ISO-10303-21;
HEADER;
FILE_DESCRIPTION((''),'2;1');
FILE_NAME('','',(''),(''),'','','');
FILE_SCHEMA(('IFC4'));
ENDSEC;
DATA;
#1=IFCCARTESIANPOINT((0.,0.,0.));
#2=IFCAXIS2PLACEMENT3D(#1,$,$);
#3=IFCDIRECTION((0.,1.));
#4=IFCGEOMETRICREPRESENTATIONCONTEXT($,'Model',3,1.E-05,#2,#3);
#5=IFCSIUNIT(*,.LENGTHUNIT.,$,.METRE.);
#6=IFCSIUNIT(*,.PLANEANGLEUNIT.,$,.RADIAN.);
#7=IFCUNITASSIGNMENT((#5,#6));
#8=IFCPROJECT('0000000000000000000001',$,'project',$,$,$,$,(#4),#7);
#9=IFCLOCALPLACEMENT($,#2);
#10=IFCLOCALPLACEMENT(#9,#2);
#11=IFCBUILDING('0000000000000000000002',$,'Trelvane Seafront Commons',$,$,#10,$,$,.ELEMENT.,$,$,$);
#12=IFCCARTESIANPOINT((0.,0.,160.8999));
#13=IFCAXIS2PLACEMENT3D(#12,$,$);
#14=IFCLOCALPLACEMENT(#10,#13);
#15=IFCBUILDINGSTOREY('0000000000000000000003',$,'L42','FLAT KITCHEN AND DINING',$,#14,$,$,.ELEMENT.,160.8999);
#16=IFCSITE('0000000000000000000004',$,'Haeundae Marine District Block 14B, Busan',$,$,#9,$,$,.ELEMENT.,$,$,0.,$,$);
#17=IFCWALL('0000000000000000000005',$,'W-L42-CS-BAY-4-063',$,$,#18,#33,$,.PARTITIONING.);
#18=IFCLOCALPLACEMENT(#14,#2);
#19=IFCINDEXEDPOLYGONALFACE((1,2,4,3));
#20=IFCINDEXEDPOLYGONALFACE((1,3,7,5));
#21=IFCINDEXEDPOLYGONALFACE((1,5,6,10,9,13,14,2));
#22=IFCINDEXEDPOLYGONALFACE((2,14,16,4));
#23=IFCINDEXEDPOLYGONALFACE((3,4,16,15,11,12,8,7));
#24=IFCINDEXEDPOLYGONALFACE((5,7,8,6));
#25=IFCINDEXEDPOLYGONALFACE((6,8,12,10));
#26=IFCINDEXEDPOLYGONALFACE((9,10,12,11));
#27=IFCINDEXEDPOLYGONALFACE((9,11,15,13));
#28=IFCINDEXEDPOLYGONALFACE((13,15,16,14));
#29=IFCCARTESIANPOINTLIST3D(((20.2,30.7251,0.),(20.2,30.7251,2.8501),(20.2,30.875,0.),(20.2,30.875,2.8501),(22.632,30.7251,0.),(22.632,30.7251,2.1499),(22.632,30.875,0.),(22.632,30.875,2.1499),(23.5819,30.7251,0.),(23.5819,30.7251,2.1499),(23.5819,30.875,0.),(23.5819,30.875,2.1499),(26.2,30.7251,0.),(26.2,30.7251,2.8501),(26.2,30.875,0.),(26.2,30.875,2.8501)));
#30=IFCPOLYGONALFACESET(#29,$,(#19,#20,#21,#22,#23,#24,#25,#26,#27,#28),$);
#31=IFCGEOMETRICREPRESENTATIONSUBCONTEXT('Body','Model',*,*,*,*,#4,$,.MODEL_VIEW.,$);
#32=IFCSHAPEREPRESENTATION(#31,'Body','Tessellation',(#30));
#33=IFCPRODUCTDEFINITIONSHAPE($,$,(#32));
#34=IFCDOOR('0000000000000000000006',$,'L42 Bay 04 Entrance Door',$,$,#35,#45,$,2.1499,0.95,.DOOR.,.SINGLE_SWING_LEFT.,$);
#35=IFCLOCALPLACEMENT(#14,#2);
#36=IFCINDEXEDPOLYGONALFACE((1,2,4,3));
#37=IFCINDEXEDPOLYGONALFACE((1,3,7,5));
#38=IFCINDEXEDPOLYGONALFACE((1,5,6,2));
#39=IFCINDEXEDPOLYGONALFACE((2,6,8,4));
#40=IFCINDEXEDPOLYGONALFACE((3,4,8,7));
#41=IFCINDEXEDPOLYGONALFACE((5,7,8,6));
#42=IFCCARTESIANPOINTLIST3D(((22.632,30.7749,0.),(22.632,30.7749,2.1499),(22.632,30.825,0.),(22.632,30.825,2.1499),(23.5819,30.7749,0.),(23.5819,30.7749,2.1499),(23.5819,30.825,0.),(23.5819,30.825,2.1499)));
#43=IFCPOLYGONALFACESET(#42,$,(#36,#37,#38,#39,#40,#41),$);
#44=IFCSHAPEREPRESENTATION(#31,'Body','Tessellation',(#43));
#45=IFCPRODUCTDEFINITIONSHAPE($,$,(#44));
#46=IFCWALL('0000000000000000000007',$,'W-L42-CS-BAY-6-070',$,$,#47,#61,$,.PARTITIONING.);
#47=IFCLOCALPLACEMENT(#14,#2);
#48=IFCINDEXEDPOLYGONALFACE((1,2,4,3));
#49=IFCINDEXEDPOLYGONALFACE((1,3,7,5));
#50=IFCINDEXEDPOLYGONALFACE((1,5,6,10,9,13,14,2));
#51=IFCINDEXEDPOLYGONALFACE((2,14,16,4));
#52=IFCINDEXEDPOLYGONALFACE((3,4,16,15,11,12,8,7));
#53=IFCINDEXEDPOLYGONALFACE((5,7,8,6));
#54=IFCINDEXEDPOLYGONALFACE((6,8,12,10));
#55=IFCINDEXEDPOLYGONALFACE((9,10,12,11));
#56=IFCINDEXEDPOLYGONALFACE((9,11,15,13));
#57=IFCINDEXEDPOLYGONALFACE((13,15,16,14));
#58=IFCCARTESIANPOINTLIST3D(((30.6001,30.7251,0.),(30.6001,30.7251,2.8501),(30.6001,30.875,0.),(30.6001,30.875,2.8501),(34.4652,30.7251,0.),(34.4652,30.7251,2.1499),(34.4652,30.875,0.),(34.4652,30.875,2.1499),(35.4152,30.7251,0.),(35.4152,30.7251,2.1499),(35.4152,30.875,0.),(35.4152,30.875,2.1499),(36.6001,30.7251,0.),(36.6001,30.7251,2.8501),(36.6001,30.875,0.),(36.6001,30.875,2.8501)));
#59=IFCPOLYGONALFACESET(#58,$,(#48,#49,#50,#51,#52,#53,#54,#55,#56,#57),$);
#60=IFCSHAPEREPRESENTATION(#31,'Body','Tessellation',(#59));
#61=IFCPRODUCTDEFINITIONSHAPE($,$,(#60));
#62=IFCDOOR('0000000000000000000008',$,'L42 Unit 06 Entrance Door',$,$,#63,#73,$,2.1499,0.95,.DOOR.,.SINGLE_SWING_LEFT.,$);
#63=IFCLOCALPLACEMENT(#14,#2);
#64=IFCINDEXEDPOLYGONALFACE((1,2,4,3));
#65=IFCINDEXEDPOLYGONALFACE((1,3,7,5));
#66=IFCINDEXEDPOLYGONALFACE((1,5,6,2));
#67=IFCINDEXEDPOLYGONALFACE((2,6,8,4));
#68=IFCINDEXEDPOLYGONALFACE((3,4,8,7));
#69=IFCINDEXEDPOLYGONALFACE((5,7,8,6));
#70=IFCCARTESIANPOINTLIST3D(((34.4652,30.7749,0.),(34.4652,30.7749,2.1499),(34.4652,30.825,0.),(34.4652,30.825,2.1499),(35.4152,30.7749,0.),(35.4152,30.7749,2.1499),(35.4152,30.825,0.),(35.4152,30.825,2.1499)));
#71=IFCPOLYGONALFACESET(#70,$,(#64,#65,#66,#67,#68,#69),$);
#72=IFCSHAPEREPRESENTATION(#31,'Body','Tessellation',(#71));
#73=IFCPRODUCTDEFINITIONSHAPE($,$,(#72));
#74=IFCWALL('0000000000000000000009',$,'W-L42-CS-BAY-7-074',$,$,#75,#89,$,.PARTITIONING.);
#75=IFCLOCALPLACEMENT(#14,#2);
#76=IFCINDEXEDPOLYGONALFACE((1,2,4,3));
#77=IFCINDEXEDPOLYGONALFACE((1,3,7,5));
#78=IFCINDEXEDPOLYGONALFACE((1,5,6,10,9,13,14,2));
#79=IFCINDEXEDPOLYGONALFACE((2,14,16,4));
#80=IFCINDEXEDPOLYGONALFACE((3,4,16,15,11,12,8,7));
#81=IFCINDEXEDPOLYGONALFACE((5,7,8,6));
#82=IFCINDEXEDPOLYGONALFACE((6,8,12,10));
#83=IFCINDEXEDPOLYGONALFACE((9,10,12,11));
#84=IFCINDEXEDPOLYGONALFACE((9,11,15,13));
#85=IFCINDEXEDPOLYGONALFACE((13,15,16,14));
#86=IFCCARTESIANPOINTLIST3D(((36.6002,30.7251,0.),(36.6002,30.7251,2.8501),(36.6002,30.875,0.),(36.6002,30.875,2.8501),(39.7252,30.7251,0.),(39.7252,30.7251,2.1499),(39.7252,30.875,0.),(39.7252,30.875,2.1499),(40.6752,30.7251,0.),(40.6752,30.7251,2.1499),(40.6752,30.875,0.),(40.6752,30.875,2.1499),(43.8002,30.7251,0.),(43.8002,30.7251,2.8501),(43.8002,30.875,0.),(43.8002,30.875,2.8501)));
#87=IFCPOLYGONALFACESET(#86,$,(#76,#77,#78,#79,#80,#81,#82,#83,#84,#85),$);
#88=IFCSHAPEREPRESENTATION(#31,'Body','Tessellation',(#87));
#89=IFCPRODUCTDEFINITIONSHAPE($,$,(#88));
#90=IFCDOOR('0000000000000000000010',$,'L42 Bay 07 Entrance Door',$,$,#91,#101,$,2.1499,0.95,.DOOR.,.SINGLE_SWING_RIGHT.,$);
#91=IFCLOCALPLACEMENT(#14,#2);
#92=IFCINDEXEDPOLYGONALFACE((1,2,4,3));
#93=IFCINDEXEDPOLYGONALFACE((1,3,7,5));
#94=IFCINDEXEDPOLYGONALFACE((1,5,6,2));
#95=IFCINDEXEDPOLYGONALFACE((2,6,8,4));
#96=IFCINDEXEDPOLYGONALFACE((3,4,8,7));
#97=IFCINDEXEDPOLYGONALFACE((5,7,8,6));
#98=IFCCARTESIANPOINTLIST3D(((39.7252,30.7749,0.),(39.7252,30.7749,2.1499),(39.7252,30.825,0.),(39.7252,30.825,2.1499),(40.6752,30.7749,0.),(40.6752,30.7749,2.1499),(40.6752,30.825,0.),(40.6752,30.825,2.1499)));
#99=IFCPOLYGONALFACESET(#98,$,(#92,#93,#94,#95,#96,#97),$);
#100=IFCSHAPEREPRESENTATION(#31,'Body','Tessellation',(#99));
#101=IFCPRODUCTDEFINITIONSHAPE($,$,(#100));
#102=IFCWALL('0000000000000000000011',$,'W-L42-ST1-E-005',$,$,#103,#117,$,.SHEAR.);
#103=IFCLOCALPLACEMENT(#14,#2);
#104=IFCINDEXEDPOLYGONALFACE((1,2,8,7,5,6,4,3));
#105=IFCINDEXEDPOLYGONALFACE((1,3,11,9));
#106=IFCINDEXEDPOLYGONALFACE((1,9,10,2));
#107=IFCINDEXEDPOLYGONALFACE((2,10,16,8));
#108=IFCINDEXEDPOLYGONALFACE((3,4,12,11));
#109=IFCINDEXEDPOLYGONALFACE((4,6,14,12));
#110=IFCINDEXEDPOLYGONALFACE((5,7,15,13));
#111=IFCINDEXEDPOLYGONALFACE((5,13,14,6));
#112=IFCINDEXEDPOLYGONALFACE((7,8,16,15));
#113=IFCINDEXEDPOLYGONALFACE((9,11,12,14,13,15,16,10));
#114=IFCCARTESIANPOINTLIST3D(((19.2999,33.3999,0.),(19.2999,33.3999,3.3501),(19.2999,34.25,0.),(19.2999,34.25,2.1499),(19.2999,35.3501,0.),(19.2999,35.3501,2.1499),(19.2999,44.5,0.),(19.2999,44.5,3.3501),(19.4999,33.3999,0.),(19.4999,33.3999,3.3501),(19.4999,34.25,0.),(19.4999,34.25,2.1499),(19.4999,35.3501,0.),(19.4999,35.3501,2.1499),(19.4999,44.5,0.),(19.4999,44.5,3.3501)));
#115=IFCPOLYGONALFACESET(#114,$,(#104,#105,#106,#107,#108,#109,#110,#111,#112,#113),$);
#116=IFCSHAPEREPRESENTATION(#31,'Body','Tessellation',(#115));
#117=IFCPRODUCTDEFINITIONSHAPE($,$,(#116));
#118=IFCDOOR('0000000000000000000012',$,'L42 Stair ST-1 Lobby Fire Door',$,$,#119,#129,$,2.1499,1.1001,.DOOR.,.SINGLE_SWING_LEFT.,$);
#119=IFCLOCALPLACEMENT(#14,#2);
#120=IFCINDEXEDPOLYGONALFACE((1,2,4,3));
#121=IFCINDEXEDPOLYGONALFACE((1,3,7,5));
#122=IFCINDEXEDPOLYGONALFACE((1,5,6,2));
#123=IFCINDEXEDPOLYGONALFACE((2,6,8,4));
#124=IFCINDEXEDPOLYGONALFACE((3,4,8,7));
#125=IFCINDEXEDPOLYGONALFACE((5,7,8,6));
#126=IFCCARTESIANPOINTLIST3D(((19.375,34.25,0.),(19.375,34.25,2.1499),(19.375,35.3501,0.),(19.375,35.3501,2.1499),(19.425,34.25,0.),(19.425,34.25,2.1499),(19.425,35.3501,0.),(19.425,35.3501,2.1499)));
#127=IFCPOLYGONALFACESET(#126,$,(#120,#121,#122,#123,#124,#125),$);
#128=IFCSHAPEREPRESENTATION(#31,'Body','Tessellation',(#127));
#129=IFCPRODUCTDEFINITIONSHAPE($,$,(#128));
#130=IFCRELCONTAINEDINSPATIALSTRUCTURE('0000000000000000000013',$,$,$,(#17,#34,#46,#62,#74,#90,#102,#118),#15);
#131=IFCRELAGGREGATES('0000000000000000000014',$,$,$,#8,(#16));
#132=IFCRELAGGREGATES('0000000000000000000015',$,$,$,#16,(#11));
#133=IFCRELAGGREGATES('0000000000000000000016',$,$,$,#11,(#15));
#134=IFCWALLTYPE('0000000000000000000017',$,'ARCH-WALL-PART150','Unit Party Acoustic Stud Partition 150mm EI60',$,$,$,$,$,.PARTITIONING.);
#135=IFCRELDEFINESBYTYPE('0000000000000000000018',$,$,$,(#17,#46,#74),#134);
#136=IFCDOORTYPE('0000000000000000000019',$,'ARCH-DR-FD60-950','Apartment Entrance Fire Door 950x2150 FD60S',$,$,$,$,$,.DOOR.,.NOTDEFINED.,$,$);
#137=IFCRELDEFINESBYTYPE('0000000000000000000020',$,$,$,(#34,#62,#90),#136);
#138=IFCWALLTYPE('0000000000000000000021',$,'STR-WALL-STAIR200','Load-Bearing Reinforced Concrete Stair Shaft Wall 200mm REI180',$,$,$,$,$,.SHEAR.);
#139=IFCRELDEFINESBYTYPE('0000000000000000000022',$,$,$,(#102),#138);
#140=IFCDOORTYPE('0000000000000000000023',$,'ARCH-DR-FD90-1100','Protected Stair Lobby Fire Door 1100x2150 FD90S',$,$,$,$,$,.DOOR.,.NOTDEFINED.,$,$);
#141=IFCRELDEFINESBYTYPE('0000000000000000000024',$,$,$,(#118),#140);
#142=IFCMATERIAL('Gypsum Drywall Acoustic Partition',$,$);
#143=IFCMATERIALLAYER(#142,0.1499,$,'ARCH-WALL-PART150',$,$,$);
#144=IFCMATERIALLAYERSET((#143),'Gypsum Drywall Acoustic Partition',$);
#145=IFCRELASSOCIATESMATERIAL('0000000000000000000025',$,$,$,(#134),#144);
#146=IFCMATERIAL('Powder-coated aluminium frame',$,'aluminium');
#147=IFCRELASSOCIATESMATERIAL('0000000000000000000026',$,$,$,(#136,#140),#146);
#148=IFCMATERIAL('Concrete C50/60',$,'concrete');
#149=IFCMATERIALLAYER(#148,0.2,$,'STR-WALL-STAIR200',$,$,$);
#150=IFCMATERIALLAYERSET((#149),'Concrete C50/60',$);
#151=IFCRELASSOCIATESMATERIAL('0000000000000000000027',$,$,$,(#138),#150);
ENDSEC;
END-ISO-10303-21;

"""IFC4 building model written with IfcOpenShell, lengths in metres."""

from ifc_helpers import new_model, si_unit, direction, frame, frame_2d, origin, place, context, subcontext, project, spatial, rectangle, extrude, source, transform, mapped, material, layer, layer_set, type_object, element, fill, save


model = new_model("IFC4")

# Units and contexts
model_context = context("Model", 3, precision=1e-05, world=origin(), true_north=direction((0.0, 1.0)))
body_context = subcontext(model_context, "Body", "Model", "MODEL_VIEW")
ifc_project = project(units=[si_unit("LENGTHUNIT", "METRE"), si_unit("PLANEANGLEUNIT", "RADIAN")], contexts=[model_context])

# Site, building, storey
site_placement = place(None, origin())
site = spatial("IfcSite", under=ifc_project, at=site_placement, Name="Haeundae Marine District Block 14B, Busan", CompositionType="ELEMENT", RefElevation=0.0)
building_placement = place(site_placement, origin())
building = spatial("IfcBuilding", under=site, at=building_placement, Name="Trelvane Seafront Commons", CompositionType="ELEMENT")
storey_placement = place(building_placement, frame((0.0, 0.0, 160.8999)))
storey = spatial("IfcBuildingStorey", under=building, at=storey_placement, Name="L42", Description="FLAT KITCHEN AND DINING", CompositionType="ELEMENT", Elevation=160.8999)

# Shared definitions
ifc_material_1 = material(Name="Concrete C50/60", Category="concrete")

# Shared definitions
ifc_material_2 = material(Name="Powder-coated aluminium frame", Category="aluminium")
ifc_material_3 = material(Name="Gypsum Drywall Acoustic Partition")
shared_shape_1 = source(origin(), body_context, "Body", "SweptSolid", [
    extrude(rectangle(XDim=0.95, YDim=2.1499, at=frame_2d((0.4751, 1.075))), frame((0.0, 0.0249, 0.0), z_axis=(0.0, -1.0, 0.0), x_axis=(1.0, 0.0, 0.0)), (0.0, 0.0, 1.0), 0.05),
])

# Walls, openings, doors
ifc_layer_1 = layer(ifc_material_3, 0.1499, Name="ARCH-WALL-PART150")
ifc_layer_set_1 = layer_set([ifc_layer_1], Name="Gypsum Drywall Acoustic Partition")
wall_type_1 = type_object("IfcWallType", Name="ARCH-WALL-PART150", Description="Unit Party Acoustic Stud Partition 150mm EI60", PredefinedType="PARTITIONING", material=ifc_layer_set_1)
wall_1_placement = place(storey_placement, frame((20.2, 30.8, 0.0), z_axis=(0.0, 0.0, 1.0), x_axis=(1.0, 0.0, 0.0)))
wall_1 = element("IfcWall", 1, at=wall_1_placement, inside=storey, type_object=wall_type_1, Name="W-L42-CS-BAY-4-063", PredefinedType="PARTITIONING", context=body_context, shape_type="SweptSolid", body=[
    extrude(rectangle(XDim=6.0, YDim=0.1499, at=frame_2d((3.0, 0.0))), origin(), (0.0, 0.0, 1.0), 2.8501),
])
opening_1_placement = place(wall_1_placement, frame((2.4319, 0.0, 0.0)))
opening_1 = element("IfcOpeningElement", 2, at=opening_1_placement, cuts=wall_1, PredefinedType="OPENING", context=body_context, shape_type="SweptSolid", body=[
    extrude(rectangle(XDim=0.95, YDim=2.1499, at=frame_2d((0.4751, 1.075))), frame((0.0, 0.085, 0.0), z_axis=(0.0, -1.0, 0.0), x_axis=(1.0, 0.0, 0.0)), (0.0, 0.0, 1.0), 0.1699),
])
door_type_1 = type_object("IfcDoorType", Name="ARCH-DR-FD60-950", Description="Apartment Entrance Fire Door 950x2150 FD60S", OperationType="NOTDEFINED", PredefinedType="DOOR", material=ifc_material_2)
door_1_placement = place(opening_1_placement, origin())
door_1 = element("IfcDoor", 3, at=door_1_placement, inside=storey, type_object=door_type_1, Name="L42 Bay 04 Entrance Door", OperationType="SINGLE_SWING_LEFT", OverallHeight=2.1499, OverallWidth=0.95, PredefinedType="DOOR", context=body_context, shape_type="MappedRepresentation", body=[
    mapped(shared_shape_1, transform((0.0, 0.0, 0.0), x_axis=(1.0, 0.0, 0.0), y_axis=(0.0, 1.0, 0.0), z_axis=(0.0, 0.0, 1.0), scale=1.0)),
])
fill(opening_1, door_1)
wall_2_placement = place(storey_placement, frame((30.6001, 30.8, 0.0), z_axis=(0.0, 0.0, 1.0), x_axis=(1.0, 0.0, 0.0)))
wall_2 = element("IfcWall", 4, at=wall_2_placement, inside=storey, type_object=wall_type_1, Name="W-L42-CS-BAY-6-070", PredefinedType="PARTITIONING", context=body_context, shape_type="SweptSolid", body=[
    extrude(rectangle(XDim=6.0, YDim=0.1499, at=frame_2d((3.0, 0.0))), origin(), (0.0, 0.0, 1.0), 2.8501),
])
opening_2_placement = place(wall_2_placement, frame((3.865, 0.0, 0.0)))
opening_2 = element("IfcOpeningElement", 5, at=opening_2_placement, cuts=wall_2, PredefinedType="OPENING", context=body_context, shape_type="SweptSolid", body=[
    extrude(rectangle(XDim=0.95, YDim=2.1499, at=frame_2d((0.4751, 1.075))), frame((0.0, 0.085, 0.0), z_axis=(0.0, -1.0, 0.0), x_axis=(1.0, 0.0, 0.0)), (0.0, 0.0, 1.0), 0.1699),
])
door_2_placement = place(opening_2_placement, origin())
door_2 = element("IfcDoor", 6, at=door_2_placement, inside=storey, type_object=door_type_1, Name="L42 Unit 06 Entrance Door", OperationType="SINGLE_SWING_LEFT", OverallHeight=2.1499, OverallWidth=0.95, PredefinedType="DOOR", context=body_context, shape_type="MappedRepresentation", body=[
    mapped(shared_shape_1, transform((0.0, 0.0, 0.0), x_axis=(1.0, 0.0, 0.0), y_axis=(0.0, 1.0, 0.0), z_axis=(0.0, 0.0, 1.0), scale=1.0)),
])
fill(opening_2, door_2)
wall_3_placement = place(storey_placement, frame((36.6001, 30.8, 0.0), z_axis=(0.0, 0.0, 1.0), x_axis=(1.0, 0.0, 0.0)))
wall_3 = element("IfcWall", 7, at=wall_3_placement, inside=storey, type_object=wall_type_1, Name="W-L42-CS-BAY-7-074", PredefinedType="PARTITIONING", context=body_context, shape_type="SweptSolid", body=[
    extrude(rectangle(XDim=7.2, YDim=0.1499, at=frame_2d((3.6001, 0.0))), origin(), (0.0, 0.0, 1.0), 2.8501),
])
opening_3_placement = place(wall_3_placement, frame((3.125, 0.0, 0.0)))
opening_3 = element("IfcOpeningElement", 8, at=opening_3_placement, cuts=wall_3, PredefinedType="OPENING", context=body_context, shape_type="SweptSolid", body=[
    extrude(rectangle(XDim=0.95, YDim=2.1499, at=frame_2d((0.4751, 1.075))), frame((0.0, 0.085, 0.0), z_axis=(0.0, -1.0, 0.0), x_axis=(1.0, 0.0, 0.0)), (0.0, 0.0, 1.0), 0.1699),
])
door_3_placement = place(opening_3_placement, origin())
door_3 = element("IfcDoor", 9, at=door_3_placement, inside=storey, type_object=door_type_1, Name="L42 Bay 07 Entrance Door", OperationType="SINGLE_SWING_RIGHT", OverallHeight=2.1499, OverallWidth=0.95, PredefinedType="DOOR", context=body_context, shape_type="MappedRepresentation", body=[
    mapped(shared_shape_1, transform((0.0, 0.0, 0.0), x_axis=(1.0, 0.0, 0.0), y_axis=(0.0, 1.0, 0.0), z_axis=(0.0, 0.0, 1.0), scale=1.0)),
])
fill(opening_3, door_3)
ifc_layer_2 = layer(ifc_material_1, 0.2, Name="STR-WALL-STAIR200")
ifc_layer_set_2 = layer_set([ifc_layer_2], Name="Concrete C50/60")
wall_type_2 = type_object("IfcWallType", Name="STR-WALL-STAIR200", Description="Load-Bearing Reinforced Concrete Stair Shaft Wall 200mm REI180", PredefinedType="SHEAR", material=ifc_layer_set_2)
wall_4_placement = place(storey_placement, frame((19.3999, 33.3999, 0.0), z_axis=(0.0, 0.0, 1.0), x_axis=(0.0, 1.0, 0.0)))
wall_4 = element("IfcWall", 10, at=wall_4_placement, inside=storey, type_object=wall_type_2, Name="W-L42-ST1-E-005", PredefinedType="SHEAR", context=body_context, shape_type="SweptSolid", body=[
    extrude(rectangle(XDim=11.1001, YDim=0.2, at=frame_2d((5.55, 0.0))), origin(), (0.0, 0.0, 1.0), 3.3501),
])
opening_4_placement = place(wall_4_placement, frame((0.8501, 0.0, 0.0)))
opening_4 = element("IfcOpeningElement", 11, at=opening_4_placement, cuts=wall_4, PredefinedType="OPENING", context=body_context, shape_type="SweptSolid", body=[
    extrude(rectangle(XDim=1.1001, YDim=2.1499, at=frame_2d((0.55, 1.075))), frame((0.0, 0.1099, 0.0), z_axis=(0.0, -1.0, 0.0), x_axis=(1.0, 0.0, 0.0)), (0.0, 0.0, 1.0), 0.22),
])
door_type_2 = type_object("IfcDoorType", Name="ARCH-DR-FD90-1100", Description="Protected Stair Lobby Fire Door 1100x2150 FD90S", OperationType="NOTDEFINED", PredefinedType="DOOR", material=ifc_material_2)
shared_shape_2 = source(origin(), body_context, "Body", "SweptSolid", [
    extrude(rectangle(XDim=1.1001, YDim=2.1499, at=frame_2d((0.55, 1.075))), frame((0.0, 0.0249, 0.0), z_axis=(0.0, -1.0, 0.0), x_axis=(1.0, 0.0, 0.0)), (0.0, 0.0, 1.0), 0.05),
])
door_4_placement = place(opening_4_placement, origin())
door_4 = element("IfcDoor", 12, at=door_4_placement, inside=storey, type_object=door_type_2, Name="L42 Stair ST-1 Lobby Fire Door", OperationType="SINGLE_SWING_LEFT", OverallHeight=2.1499, OverallWidth=1.1001, PredefinedType="DOOR", context=body_context, shape_type="MappedRepresentation", body=[
    mapped(shared_shape_2, transform((0.0, 0.0, 0.0), x_axis=(1.0, 0.0, 0.0), y_axis=(0.0, 1.0, 0.0), z_axis=(0.0, 0.0, 1.0), scale=1.0)),
])
fill(opening_4, door_4)

save(model, "model.ifc")
